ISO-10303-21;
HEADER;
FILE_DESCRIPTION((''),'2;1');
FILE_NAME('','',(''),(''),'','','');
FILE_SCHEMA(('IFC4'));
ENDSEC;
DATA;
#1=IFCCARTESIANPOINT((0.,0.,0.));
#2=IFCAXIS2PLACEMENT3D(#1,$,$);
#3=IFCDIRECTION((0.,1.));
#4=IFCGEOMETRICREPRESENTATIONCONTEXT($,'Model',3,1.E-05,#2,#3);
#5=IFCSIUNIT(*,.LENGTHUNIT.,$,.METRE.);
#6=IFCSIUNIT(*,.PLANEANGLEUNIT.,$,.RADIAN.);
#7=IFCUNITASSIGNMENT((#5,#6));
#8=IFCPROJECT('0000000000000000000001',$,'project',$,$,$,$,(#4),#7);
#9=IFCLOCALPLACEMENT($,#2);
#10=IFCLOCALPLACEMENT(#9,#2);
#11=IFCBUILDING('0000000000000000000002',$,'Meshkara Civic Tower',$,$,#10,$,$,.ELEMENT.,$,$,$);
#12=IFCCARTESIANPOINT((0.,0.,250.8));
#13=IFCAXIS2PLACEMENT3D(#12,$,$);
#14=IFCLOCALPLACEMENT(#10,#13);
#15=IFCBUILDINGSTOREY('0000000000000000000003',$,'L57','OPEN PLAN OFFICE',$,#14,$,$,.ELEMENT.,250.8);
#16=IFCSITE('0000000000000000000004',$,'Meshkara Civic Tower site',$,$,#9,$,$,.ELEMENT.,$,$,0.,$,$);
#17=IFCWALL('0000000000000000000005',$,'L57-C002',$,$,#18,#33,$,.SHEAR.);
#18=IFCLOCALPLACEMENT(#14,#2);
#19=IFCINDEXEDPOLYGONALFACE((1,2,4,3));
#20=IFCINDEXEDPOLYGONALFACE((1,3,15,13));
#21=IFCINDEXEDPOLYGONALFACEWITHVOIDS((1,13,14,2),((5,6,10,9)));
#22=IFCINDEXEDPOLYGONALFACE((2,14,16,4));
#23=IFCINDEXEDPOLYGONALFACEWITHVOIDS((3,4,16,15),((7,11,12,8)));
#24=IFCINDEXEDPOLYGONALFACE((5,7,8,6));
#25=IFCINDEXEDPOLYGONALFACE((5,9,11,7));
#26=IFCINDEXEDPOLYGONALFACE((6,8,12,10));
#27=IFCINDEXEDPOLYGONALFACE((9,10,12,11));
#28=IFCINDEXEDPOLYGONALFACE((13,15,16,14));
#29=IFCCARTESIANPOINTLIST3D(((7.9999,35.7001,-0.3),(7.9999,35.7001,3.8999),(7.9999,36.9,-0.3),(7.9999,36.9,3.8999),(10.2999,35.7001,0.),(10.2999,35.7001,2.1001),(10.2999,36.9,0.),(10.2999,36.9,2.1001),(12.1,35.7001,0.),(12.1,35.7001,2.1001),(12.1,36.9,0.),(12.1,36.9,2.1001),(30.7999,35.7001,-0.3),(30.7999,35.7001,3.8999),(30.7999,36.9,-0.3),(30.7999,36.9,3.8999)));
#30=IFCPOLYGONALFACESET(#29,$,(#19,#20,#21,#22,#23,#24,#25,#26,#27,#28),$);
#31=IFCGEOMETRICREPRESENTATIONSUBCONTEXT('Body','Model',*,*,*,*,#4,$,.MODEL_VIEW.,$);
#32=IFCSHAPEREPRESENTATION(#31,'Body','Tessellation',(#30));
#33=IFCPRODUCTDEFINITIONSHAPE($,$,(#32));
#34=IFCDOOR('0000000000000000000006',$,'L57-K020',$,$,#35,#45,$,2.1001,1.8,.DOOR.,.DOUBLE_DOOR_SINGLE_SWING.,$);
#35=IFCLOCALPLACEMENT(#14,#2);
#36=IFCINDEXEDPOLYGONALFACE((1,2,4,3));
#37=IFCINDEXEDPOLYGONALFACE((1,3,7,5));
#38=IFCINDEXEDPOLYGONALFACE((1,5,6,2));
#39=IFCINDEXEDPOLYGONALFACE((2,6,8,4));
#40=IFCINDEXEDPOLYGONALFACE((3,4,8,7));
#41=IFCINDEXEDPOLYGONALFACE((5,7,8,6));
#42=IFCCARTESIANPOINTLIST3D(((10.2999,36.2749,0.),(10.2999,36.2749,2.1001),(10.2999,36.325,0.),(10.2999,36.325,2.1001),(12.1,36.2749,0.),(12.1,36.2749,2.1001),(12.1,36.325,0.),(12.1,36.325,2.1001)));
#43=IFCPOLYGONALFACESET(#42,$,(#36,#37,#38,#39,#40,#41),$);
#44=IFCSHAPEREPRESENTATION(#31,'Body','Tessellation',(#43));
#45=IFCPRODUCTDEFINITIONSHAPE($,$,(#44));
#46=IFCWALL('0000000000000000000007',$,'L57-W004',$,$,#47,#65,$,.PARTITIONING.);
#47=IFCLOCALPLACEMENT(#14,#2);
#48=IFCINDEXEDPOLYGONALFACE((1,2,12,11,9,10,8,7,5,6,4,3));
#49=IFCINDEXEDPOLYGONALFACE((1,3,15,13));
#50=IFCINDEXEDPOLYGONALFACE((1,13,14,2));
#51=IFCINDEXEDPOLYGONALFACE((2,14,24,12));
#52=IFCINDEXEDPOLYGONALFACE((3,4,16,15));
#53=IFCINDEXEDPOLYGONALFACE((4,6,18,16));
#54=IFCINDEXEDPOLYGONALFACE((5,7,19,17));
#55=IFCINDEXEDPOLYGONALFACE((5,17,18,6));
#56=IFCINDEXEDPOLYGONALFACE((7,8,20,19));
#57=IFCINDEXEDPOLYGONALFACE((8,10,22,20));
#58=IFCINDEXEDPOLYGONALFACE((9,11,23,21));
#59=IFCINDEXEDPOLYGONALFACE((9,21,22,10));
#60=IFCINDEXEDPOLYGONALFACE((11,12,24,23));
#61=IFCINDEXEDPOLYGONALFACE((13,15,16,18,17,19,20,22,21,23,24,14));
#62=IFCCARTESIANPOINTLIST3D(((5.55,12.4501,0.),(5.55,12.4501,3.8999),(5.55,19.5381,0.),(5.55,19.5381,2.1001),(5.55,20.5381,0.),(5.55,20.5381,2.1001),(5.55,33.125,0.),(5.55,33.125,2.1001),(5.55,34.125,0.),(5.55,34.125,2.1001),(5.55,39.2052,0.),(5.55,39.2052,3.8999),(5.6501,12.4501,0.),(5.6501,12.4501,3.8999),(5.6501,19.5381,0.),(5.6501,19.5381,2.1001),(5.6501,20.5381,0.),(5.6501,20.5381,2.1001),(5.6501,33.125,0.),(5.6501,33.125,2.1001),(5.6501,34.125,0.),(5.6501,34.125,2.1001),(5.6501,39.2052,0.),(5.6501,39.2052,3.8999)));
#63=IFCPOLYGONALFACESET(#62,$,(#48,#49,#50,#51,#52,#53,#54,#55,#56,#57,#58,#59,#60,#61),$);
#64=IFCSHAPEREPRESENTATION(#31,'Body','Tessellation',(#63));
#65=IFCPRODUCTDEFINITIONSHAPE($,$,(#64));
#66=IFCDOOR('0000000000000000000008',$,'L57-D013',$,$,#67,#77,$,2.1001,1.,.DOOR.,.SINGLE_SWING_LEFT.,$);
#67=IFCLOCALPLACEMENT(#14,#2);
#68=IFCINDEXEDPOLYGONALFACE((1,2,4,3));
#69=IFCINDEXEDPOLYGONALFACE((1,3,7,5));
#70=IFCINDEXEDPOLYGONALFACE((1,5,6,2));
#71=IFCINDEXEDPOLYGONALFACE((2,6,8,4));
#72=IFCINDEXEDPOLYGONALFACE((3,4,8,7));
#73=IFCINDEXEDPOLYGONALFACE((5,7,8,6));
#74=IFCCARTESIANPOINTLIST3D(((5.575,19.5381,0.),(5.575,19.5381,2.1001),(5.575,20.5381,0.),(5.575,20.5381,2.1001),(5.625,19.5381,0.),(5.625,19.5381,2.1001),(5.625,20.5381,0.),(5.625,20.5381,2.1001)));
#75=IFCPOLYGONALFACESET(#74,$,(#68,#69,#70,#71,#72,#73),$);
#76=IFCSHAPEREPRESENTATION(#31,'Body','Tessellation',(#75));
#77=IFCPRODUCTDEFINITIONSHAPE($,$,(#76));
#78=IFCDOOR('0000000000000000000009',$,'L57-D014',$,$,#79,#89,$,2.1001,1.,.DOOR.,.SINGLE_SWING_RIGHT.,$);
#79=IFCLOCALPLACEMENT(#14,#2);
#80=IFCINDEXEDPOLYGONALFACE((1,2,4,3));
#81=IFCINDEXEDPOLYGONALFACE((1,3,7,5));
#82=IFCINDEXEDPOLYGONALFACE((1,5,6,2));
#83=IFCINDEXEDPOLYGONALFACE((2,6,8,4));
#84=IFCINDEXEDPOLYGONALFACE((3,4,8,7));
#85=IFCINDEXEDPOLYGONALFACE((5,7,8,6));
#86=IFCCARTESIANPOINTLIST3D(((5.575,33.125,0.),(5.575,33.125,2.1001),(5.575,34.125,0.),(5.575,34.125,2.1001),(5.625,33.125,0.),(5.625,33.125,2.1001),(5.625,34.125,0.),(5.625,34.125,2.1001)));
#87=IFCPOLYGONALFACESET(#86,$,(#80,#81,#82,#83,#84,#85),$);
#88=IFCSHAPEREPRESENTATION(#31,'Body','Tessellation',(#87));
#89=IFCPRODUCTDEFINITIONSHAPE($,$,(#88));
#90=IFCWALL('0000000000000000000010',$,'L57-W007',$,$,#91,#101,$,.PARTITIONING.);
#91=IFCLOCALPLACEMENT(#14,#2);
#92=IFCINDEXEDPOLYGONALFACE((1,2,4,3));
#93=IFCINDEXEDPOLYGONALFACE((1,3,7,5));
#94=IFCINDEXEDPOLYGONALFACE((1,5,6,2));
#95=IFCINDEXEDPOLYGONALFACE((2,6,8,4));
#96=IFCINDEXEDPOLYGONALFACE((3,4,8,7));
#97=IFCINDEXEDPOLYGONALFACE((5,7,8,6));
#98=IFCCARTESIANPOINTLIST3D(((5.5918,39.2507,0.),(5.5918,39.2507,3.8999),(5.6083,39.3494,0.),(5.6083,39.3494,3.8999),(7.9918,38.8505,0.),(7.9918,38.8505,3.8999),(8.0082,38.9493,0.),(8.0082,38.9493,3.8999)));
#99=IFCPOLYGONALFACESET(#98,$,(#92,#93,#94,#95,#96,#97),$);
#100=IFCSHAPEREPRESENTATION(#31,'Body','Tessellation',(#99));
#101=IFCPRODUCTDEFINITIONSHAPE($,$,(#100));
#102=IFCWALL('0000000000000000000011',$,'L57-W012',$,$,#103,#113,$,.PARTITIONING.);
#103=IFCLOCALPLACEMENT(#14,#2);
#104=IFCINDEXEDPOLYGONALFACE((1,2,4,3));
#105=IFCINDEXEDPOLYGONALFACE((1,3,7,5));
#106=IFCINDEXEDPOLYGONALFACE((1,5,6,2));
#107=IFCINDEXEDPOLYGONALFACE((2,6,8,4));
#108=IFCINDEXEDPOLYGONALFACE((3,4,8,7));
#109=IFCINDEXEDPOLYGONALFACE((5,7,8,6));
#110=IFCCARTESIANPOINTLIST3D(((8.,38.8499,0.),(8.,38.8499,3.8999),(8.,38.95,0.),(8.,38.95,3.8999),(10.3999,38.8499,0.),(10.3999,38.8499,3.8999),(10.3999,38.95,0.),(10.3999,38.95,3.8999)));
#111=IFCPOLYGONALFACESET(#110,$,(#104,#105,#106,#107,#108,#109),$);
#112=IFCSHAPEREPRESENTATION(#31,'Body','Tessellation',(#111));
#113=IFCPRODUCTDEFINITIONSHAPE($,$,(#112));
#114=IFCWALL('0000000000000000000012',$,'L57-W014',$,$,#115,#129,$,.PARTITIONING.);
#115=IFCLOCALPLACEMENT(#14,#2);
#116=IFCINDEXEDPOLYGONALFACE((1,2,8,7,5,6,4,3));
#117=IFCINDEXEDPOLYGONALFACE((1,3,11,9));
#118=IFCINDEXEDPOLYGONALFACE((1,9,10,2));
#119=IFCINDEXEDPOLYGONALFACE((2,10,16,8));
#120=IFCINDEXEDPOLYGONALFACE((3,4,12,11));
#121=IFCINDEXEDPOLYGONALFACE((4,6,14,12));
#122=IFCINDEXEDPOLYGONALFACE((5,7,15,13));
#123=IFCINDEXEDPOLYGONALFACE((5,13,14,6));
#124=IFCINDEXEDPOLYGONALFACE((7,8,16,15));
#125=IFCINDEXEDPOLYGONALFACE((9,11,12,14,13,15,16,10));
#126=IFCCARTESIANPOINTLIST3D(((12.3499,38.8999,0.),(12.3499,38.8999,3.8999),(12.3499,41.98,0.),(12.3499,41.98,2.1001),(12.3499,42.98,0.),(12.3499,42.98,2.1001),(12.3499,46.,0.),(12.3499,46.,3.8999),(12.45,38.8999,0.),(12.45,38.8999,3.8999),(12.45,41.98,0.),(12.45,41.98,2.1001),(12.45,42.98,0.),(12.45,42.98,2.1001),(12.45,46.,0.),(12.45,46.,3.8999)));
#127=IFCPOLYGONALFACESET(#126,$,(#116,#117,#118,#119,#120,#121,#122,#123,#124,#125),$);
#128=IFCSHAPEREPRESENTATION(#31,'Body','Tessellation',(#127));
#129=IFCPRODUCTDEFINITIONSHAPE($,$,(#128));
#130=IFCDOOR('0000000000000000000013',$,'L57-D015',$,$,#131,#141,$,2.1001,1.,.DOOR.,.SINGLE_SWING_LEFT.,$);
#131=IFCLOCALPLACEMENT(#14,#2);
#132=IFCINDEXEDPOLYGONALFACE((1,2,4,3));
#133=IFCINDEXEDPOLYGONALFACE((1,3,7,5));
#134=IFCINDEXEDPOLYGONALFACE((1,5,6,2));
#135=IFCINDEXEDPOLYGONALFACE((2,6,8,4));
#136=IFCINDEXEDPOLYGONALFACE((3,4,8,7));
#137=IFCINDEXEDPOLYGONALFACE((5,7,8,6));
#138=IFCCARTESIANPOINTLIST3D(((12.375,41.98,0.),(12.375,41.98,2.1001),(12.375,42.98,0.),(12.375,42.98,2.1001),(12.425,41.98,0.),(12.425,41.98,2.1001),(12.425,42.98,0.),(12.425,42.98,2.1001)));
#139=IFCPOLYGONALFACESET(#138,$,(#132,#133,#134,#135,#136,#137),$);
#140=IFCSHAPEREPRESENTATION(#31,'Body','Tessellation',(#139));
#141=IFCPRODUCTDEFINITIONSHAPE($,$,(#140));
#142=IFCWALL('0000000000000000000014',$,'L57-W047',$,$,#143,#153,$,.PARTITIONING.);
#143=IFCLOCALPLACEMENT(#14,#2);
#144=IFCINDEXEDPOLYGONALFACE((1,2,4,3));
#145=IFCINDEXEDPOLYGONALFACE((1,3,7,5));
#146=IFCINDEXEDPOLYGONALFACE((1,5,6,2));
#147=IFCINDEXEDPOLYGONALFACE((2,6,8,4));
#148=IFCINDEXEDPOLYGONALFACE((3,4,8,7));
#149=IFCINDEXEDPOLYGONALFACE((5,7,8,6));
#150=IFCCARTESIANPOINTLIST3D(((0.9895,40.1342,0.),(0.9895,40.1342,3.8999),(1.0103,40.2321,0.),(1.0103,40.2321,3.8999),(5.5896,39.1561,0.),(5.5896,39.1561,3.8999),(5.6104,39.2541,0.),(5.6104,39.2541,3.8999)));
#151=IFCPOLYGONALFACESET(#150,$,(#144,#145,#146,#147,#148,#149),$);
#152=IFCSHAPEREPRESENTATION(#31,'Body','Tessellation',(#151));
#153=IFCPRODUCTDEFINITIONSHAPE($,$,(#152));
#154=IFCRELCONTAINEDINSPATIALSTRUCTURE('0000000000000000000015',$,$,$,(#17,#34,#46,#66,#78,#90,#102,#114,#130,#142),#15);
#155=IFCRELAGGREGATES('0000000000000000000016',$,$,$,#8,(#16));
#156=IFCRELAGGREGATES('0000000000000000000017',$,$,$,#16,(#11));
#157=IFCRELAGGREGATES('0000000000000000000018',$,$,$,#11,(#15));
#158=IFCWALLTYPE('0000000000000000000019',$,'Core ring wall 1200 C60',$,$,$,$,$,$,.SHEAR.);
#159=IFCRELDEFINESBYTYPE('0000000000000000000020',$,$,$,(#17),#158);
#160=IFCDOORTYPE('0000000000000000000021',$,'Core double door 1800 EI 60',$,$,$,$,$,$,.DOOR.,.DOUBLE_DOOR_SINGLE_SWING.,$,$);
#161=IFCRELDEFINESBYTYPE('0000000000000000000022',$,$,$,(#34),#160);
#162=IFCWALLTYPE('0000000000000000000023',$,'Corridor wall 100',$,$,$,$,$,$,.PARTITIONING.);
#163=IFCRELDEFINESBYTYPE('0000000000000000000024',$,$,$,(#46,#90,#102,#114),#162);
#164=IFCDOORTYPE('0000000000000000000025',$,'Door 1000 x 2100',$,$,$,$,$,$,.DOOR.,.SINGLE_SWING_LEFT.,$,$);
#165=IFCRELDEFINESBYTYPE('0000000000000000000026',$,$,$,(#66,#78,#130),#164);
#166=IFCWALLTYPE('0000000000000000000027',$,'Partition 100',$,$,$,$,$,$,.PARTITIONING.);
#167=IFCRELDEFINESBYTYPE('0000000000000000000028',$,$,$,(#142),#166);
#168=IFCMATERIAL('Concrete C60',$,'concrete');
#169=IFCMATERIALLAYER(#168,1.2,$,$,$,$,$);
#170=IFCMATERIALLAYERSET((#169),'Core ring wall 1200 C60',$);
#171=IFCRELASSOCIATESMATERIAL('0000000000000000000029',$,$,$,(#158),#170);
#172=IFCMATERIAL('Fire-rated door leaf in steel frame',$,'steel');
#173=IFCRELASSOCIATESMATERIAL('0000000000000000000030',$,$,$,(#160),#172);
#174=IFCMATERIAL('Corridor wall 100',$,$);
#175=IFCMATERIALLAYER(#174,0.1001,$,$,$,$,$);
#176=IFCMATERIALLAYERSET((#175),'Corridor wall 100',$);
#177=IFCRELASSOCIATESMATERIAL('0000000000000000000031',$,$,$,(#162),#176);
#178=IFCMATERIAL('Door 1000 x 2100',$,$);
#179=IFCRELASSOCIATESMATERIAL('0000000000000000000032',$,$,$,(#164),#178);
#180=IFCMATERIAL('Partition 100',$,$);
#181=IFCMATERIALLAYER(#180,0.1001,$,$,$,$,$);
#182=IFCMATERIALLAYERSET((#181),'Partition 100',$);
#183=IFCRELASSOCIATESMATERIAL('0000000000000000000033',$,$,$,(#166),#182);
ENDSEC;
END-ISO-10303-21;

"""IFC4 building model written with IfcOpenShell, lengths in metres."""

from ifc_helpers import new_model, si_unit, direction, frame, frame_2d, origin, place, context, subcontext, project, spatial, rectangle, extrude, material, layer, layer_set, type_object, element, fill, save


model = new_model("IFC4")

# Units and contexts
model_context = context("Model", 3, precision=1e-05, world=origin(), true_north=direction((0.0, 1.0)))
body_context = subcontext(model_context, "Body", "Model", "MODEL_VIEW")
ifc_project = project(units=[si_unit("LENGTHUNIT", "METRE"), si_unit("PLANEANGLEUNIT", "RADIAN")], contexts=[model_context])

# Site, building, storey
site_placement = place(None, origin())
site = spatial("IfcSite", under=ifc_project, at=site_placement, Name="Meshkara Civic Tower site", CompositionType="ELEMENT", RefElevation=0.0)
building_placement = place(site_placement, origin())
building = spatial("IfcBuilding", under=site, at=building_placement, Name="Meshkara Civic Tower", CompositionType="ELEMENT")
storey_placement = place(building_placement, frame((0.0, 0.0, 250.8)))
storey = spatial("IfcBuildingStorey", under=building, at=storey_placement, Name="L57", Description="OPEN PLAN OFFICE", CompositionType="ELEMENT", Elevation=250.8)

# Wall, opening, door
ifc_material_1 = material(Name="Concrete C60", Category="concrete")
ifc_layer_1 = layer(ifc_material_1, 1.2)
ifc_layer_set_1 = layer_set([ifc_layer_1], Name="Core ring wall 1200 C60")
wall_type_1 = type_object("IfcWallType", Name="Core ring wall 1200 C60", PredefinedType="SHEAR", material=ifc_layer_set_1)
wall_1_placement = place(storey_placement, frame((8.0, 36.3, -0.3), z_axis=(0.0, 0.0, 1.0), x_axis=(1.0, 0.0, 0.0)))
wall_1 = element("IfcWall", 1, at=wall_1_placement, inside=storey, type_object=wall_type_1, Name="L57-C002", PredefinedType="SHEAR", context=body_context, shape_type="SweptSolid", body=[
    extrude(rectangle(XDim=22.8, YDim=1.2, at=frame_2d((11.3999, 0.0))), origin(), (0.0, 0.0, 1.0), 4.2),
])
opening_1_placement = place(wall_1_placement, frame((2.3, 0.0, 0.3)))
opening_1 = element("IfcOpeningElement", 2, at=opening_1_placement, cuts=wall_1, PredefinedType="OPENING", context=body_context, shape_type="SweptSolid", body=[
    extrude(rectangle(XDim=1.8, YDim=2.1001, at=frame_2d((0.8999, 1.05))), frame((0.0, 0.6099, 0.0), z_axis=(0.0, -1.0, 0.0), x_axis=(1.0, 0.0, 0.0)), (0.0, 0.0, 1.0), 1.22),
])
ifc_material_2 = material(Name="Fire-rated door leaf in steel frame", Category="steel")
door_type_1 = type_object("IfcDoorType", Name="Core double door 1800 EI 60", OperationType="DOUBLE_DOOR_SINGLE_SWING", PredefinedType="DOOR", material=ifc_material_2)
door_1_placement = place(opening_1_placement, origin())
door_1 = element("IfcDoor", 3, at=door_1_placement, inside=storey, type_object=door_type_1, Name="L57-K020", OperationType="DOUBLE_DOOR_SINGLE_SWING", OverallHeight=2.1001, OverallWidth=1.8, PredefinedType="DOOR", context=body_context, shape_type="SweptSolid", body=[
    extrude(rectangle(XDim=1.8, YDim=2.1001, at=frame_2d((0.8999, 1.05))), frame((0.0, 0.0249, 0.0), z_axis=(0.0, -1.0, 0.0), x_axis=(1.0, 0.0, 0.0)), (0.0, 0.0, 1.0), 0.05),
])
fill(opening_1, door_1)

# Wall, openings, doors
ifc_material_3 = material(Name="Corridor wall 100")
ifc_layer_2 = layer(ifc_material_3, 0.1001)
ifc_layer_set_2 = layer_set([ifc_layer_2], Name="Corridor wall 100")
wall_type_2 = type_object("IfcWallType", Name="Corridor wall 100", PredefinedType="PARTITIONING", material=ifc_layer_set_2)
wall_2_placement = place(storey_placement, frame((5.6001, 39.2051, 0.0), z_axis=(0.0, 0.0, 1.0), x_axis=(0.0, -1.0, 0.0)))
wall_2 = element("IfcWall", 4, at=wall_2_placement, inside=storey, type_object=wall_type_2, Name="L57-W004", PredefinedType="PARTITIONING", context=body_context, shape_type="SweptSolid", body=[
    extrude(rectangle(XDim=26.7551, YDim=0.1001, at=frame_2d((13.3774, 0.0))), origin(), (0.0, 0.0, 1.0), 3.8999),
])
opening_2_placement = place(wall_2_placement, frame((18.667, 0.0, 0.0)))
opening_2 = element("IfcOpeningElement", 5, at=opening_2_placement, cuts=wall_2, PredefinedType="OPENING", context=body_context, shape_type="SweptSolid", body=[
    extrude(rectangle(XDim=1.0, YDim=2.1001, at=frame_2d((0.5, 1.05))), frame((0.0, 0.0601, 0.0), z_axis=(0.0, -1.0, 0.0), x_axis=(1.0, 0.0, 0.0)), (0.0, 0.0, 1.0), 0.1201),
])
opening_3_placement = place(wall_2_placement, frame((5.0801, 0.0, 0.0)))
opening_3 = element("IfcOpeningElement", 6, at=opening_3_placement, cuts=wall_2, PredefinedType="OPENING", context=body_context, shape_type="SweptSolid", body=[
    extrude(rectangle(XDim=1.0, YDim=2.1001, at=frame_2d((0.5, 1.05))), frame((0.0, 0.0601, 0.0), z_axis=(0.0, -1.0, 0.0), x_axis=(1.0, 0.0, 0.0)), (0.0, 0.0, 1.0), 0.1201),
])
ifc_material_4 = material(Name="Door 1000 x 2100")
door_type_2 = type_object("IfcDoorType", Name="Door 1000 x 2100", OperationType="SINGLE_SWING_LEFT", PredefinedType="DOOR", material=ifc_material_4)
door_2_placement = place(opening_2_placement, origin())
door_2 = element("IfcDoor", 7, at=door_2_placement, inside=storey, type_object=door_type_2, Name="L57-D013", OperationType="SINGLE_SWING_LEFT", OverallHeight=2.1001, OverallWidth=1.0, PredefinedType="DOOR", context=body_context, shape_type="SweptSolid", body=[
    extrude(rectangle(XDim=1.0, YDim=2.1001, at=frame_2d((0.5, 1.05))), frame((0.0, 0.0249, 0.0), z_axis=(0.0, -1.0, 0.0), x_axis=(1.0, 0.0, 0.0)), (0.0, 0.0, 1.0), 0.05),
])
fill(opening_2, door_2)
door_3_placement = place(opening_3_placement, origin())
door_3 = element("IfcDoor", 8, at=door_3_placement, inside=storey, type_object=door_type_2, Name="L57-D014", OperationType="SINGLE_SWING_RIGHT", OverallHeight=2.1001, OverallWidth=1.0, PredefinedType="DOOR", context=body_context, shape_type="SweptSolid", body=[
    extrude(rectangle(XDim=1.0, YDim=2.1001, at=frame_2d((0.5, 1.05))), frame((0.0, 0.0249, 0.0), z_axis=(0.0, -1.0, 0.0), x_axis=(1.0, 0.0, 0.0)), (0.0, 0.0, 1.0), 0.05),
])
fill(opening_3, door_3)

# Walls
wall_3_placement = place(storey_placement, frame((8.0, 38.8999, 0.0), z_axis=(0.0, 0.0, 1.0), x_axis=(-0.986383, 0.164464, 0.0)))
element("IfcWall", 9, at=wall_3_placement, inside=storey, type_object=wall_type_2, Name="L57-W007", PredefinedType="PARTITIONING", context=body_context, shape_type="SweptSolid", body=[
    extrude(rectangle(XDim=2.4331, YDim=0.1001, at=frame_2d((1.2166, 0.0))), origin(), (0.0, 0.0, 1.0), 3.8999),
])
wall_4_placement = place(storey_placement, frame((10.3999, 38.8999, 0.0), z_axis=(0.0, 0.0, 1.0), x_axis=(-1.0, 0.0, 0.0)))
element("IfcWall", 10, at=wall_4_placement, inside=storey, type_object=wall_type_2, Name="L57-W012", PredefinedType="PARTITIONING", context=body_context, shape_type="SweptSolid", body=[
    extrude(rectangle(XDim=2.3999, YDim=0.1001, at=frame_2d((1.2, 0.0))), origin(), (0.0, 0.0, 1.0), 3.8999),
])

# Wall, opening, door
wall_5_placement = place(storey_placement, frame((12.3999, 38.8999, 0.0), z_axis=(0.0, 0.0, 1.0), x_axis=(0.0, 1.0, 0.0)))
wall_5 = element("IfcWall", 11, at=wall_5_placement, inside=storey, type_object=wall_type_2, Name="L57-W014", PredefinedType="PARTITIONING", context=body_context, shape_type="SweptSolid", body=[
    extrude(rectangle(XDim=7.1001, YDim=0.1001, at=frame_2d((3.55, 0.0))), origin(), (0.0, 0.0, 1.0), 3.8999),
])
opening_4_placement = place(wall_5_placement, frame((3.0801, 0.0, 0.0)))
opening_4 = element("IfcOpeningElement", 12, at=opening_4_placement, cuts=wall_5, PredefinedType="OPENING", context=body_context, shape_type="SweptSolid", body=[
    extrude(rectangle(XDim=1.0, YDim=2.1001, at=frame_2d((0.5, 1.05))), frame((0.0, 0.0601, 0.0), z_axis=(0.0, -1.0, 0.0), x_axis=(1.0, 0.0, 0.0)), (0.0, 0.0, 1.0), 0.1201),
])
door_4_placement = place(opening_4_placement, origin())
door_4 = element("IfcDoor", 13, at=door_4_placement, inside=storey, type_object=door_type_2, Name="L57-D015", OperationType="SINGLE_SWING_LEFT", OverallHeight=2.1001, OverallWidth=1.0, PredefinedType="DOOR", context=body_context, shape_type="SweptSolid", body=[
    extrude(rectangle(XDim=1.0, YDim=2.1001, at=frame_2d((0.5, 1.05))), frame((0.0, 0.0249, 0.0), z_axis=(0.0, -1.0, 0.0), x_axis=(1.0, 0.0, 0.0)), (0.0, 0.0, 1.0), 0.05),
])
fill(opening_4, door_4)

# Wall
ifc_material_5 = material(Name="Partition 100")
ifc_layer_3 = layer(ifc_material_5, 0.1001)
ifc_layer_set_3 = layer_set([ifc_layer_3], Name="Partition 100")
wall_type_3 = type_object("IfcWallType", Name="Partition 100", PredefinedType="PARTITIONING", material=ifc_layer_set_3)
wall_6_placement = place(storey_placement, frame((5.6001, 39.2051, 0.0), z_axis=(0.0, 0.0, 1.0), x_axis=(-0.978137, 0.207962, 0.0)))
element("IfcWall", 14, at=wall_6_placement, inside=storey, type_object=wall_type_3, Name="L57-W047", PredefinedType="PARTITIONING", context=body_context, shape_type="SweptSolid", body=[
    extrude(rectangle(XDim=4.7029, YDim=0.1001, at=frame_2d((2.3516, 0.0))), origin(), (0.0, 0.0, 1.0), 3.8999),
])

save(model, "model.ifc")
